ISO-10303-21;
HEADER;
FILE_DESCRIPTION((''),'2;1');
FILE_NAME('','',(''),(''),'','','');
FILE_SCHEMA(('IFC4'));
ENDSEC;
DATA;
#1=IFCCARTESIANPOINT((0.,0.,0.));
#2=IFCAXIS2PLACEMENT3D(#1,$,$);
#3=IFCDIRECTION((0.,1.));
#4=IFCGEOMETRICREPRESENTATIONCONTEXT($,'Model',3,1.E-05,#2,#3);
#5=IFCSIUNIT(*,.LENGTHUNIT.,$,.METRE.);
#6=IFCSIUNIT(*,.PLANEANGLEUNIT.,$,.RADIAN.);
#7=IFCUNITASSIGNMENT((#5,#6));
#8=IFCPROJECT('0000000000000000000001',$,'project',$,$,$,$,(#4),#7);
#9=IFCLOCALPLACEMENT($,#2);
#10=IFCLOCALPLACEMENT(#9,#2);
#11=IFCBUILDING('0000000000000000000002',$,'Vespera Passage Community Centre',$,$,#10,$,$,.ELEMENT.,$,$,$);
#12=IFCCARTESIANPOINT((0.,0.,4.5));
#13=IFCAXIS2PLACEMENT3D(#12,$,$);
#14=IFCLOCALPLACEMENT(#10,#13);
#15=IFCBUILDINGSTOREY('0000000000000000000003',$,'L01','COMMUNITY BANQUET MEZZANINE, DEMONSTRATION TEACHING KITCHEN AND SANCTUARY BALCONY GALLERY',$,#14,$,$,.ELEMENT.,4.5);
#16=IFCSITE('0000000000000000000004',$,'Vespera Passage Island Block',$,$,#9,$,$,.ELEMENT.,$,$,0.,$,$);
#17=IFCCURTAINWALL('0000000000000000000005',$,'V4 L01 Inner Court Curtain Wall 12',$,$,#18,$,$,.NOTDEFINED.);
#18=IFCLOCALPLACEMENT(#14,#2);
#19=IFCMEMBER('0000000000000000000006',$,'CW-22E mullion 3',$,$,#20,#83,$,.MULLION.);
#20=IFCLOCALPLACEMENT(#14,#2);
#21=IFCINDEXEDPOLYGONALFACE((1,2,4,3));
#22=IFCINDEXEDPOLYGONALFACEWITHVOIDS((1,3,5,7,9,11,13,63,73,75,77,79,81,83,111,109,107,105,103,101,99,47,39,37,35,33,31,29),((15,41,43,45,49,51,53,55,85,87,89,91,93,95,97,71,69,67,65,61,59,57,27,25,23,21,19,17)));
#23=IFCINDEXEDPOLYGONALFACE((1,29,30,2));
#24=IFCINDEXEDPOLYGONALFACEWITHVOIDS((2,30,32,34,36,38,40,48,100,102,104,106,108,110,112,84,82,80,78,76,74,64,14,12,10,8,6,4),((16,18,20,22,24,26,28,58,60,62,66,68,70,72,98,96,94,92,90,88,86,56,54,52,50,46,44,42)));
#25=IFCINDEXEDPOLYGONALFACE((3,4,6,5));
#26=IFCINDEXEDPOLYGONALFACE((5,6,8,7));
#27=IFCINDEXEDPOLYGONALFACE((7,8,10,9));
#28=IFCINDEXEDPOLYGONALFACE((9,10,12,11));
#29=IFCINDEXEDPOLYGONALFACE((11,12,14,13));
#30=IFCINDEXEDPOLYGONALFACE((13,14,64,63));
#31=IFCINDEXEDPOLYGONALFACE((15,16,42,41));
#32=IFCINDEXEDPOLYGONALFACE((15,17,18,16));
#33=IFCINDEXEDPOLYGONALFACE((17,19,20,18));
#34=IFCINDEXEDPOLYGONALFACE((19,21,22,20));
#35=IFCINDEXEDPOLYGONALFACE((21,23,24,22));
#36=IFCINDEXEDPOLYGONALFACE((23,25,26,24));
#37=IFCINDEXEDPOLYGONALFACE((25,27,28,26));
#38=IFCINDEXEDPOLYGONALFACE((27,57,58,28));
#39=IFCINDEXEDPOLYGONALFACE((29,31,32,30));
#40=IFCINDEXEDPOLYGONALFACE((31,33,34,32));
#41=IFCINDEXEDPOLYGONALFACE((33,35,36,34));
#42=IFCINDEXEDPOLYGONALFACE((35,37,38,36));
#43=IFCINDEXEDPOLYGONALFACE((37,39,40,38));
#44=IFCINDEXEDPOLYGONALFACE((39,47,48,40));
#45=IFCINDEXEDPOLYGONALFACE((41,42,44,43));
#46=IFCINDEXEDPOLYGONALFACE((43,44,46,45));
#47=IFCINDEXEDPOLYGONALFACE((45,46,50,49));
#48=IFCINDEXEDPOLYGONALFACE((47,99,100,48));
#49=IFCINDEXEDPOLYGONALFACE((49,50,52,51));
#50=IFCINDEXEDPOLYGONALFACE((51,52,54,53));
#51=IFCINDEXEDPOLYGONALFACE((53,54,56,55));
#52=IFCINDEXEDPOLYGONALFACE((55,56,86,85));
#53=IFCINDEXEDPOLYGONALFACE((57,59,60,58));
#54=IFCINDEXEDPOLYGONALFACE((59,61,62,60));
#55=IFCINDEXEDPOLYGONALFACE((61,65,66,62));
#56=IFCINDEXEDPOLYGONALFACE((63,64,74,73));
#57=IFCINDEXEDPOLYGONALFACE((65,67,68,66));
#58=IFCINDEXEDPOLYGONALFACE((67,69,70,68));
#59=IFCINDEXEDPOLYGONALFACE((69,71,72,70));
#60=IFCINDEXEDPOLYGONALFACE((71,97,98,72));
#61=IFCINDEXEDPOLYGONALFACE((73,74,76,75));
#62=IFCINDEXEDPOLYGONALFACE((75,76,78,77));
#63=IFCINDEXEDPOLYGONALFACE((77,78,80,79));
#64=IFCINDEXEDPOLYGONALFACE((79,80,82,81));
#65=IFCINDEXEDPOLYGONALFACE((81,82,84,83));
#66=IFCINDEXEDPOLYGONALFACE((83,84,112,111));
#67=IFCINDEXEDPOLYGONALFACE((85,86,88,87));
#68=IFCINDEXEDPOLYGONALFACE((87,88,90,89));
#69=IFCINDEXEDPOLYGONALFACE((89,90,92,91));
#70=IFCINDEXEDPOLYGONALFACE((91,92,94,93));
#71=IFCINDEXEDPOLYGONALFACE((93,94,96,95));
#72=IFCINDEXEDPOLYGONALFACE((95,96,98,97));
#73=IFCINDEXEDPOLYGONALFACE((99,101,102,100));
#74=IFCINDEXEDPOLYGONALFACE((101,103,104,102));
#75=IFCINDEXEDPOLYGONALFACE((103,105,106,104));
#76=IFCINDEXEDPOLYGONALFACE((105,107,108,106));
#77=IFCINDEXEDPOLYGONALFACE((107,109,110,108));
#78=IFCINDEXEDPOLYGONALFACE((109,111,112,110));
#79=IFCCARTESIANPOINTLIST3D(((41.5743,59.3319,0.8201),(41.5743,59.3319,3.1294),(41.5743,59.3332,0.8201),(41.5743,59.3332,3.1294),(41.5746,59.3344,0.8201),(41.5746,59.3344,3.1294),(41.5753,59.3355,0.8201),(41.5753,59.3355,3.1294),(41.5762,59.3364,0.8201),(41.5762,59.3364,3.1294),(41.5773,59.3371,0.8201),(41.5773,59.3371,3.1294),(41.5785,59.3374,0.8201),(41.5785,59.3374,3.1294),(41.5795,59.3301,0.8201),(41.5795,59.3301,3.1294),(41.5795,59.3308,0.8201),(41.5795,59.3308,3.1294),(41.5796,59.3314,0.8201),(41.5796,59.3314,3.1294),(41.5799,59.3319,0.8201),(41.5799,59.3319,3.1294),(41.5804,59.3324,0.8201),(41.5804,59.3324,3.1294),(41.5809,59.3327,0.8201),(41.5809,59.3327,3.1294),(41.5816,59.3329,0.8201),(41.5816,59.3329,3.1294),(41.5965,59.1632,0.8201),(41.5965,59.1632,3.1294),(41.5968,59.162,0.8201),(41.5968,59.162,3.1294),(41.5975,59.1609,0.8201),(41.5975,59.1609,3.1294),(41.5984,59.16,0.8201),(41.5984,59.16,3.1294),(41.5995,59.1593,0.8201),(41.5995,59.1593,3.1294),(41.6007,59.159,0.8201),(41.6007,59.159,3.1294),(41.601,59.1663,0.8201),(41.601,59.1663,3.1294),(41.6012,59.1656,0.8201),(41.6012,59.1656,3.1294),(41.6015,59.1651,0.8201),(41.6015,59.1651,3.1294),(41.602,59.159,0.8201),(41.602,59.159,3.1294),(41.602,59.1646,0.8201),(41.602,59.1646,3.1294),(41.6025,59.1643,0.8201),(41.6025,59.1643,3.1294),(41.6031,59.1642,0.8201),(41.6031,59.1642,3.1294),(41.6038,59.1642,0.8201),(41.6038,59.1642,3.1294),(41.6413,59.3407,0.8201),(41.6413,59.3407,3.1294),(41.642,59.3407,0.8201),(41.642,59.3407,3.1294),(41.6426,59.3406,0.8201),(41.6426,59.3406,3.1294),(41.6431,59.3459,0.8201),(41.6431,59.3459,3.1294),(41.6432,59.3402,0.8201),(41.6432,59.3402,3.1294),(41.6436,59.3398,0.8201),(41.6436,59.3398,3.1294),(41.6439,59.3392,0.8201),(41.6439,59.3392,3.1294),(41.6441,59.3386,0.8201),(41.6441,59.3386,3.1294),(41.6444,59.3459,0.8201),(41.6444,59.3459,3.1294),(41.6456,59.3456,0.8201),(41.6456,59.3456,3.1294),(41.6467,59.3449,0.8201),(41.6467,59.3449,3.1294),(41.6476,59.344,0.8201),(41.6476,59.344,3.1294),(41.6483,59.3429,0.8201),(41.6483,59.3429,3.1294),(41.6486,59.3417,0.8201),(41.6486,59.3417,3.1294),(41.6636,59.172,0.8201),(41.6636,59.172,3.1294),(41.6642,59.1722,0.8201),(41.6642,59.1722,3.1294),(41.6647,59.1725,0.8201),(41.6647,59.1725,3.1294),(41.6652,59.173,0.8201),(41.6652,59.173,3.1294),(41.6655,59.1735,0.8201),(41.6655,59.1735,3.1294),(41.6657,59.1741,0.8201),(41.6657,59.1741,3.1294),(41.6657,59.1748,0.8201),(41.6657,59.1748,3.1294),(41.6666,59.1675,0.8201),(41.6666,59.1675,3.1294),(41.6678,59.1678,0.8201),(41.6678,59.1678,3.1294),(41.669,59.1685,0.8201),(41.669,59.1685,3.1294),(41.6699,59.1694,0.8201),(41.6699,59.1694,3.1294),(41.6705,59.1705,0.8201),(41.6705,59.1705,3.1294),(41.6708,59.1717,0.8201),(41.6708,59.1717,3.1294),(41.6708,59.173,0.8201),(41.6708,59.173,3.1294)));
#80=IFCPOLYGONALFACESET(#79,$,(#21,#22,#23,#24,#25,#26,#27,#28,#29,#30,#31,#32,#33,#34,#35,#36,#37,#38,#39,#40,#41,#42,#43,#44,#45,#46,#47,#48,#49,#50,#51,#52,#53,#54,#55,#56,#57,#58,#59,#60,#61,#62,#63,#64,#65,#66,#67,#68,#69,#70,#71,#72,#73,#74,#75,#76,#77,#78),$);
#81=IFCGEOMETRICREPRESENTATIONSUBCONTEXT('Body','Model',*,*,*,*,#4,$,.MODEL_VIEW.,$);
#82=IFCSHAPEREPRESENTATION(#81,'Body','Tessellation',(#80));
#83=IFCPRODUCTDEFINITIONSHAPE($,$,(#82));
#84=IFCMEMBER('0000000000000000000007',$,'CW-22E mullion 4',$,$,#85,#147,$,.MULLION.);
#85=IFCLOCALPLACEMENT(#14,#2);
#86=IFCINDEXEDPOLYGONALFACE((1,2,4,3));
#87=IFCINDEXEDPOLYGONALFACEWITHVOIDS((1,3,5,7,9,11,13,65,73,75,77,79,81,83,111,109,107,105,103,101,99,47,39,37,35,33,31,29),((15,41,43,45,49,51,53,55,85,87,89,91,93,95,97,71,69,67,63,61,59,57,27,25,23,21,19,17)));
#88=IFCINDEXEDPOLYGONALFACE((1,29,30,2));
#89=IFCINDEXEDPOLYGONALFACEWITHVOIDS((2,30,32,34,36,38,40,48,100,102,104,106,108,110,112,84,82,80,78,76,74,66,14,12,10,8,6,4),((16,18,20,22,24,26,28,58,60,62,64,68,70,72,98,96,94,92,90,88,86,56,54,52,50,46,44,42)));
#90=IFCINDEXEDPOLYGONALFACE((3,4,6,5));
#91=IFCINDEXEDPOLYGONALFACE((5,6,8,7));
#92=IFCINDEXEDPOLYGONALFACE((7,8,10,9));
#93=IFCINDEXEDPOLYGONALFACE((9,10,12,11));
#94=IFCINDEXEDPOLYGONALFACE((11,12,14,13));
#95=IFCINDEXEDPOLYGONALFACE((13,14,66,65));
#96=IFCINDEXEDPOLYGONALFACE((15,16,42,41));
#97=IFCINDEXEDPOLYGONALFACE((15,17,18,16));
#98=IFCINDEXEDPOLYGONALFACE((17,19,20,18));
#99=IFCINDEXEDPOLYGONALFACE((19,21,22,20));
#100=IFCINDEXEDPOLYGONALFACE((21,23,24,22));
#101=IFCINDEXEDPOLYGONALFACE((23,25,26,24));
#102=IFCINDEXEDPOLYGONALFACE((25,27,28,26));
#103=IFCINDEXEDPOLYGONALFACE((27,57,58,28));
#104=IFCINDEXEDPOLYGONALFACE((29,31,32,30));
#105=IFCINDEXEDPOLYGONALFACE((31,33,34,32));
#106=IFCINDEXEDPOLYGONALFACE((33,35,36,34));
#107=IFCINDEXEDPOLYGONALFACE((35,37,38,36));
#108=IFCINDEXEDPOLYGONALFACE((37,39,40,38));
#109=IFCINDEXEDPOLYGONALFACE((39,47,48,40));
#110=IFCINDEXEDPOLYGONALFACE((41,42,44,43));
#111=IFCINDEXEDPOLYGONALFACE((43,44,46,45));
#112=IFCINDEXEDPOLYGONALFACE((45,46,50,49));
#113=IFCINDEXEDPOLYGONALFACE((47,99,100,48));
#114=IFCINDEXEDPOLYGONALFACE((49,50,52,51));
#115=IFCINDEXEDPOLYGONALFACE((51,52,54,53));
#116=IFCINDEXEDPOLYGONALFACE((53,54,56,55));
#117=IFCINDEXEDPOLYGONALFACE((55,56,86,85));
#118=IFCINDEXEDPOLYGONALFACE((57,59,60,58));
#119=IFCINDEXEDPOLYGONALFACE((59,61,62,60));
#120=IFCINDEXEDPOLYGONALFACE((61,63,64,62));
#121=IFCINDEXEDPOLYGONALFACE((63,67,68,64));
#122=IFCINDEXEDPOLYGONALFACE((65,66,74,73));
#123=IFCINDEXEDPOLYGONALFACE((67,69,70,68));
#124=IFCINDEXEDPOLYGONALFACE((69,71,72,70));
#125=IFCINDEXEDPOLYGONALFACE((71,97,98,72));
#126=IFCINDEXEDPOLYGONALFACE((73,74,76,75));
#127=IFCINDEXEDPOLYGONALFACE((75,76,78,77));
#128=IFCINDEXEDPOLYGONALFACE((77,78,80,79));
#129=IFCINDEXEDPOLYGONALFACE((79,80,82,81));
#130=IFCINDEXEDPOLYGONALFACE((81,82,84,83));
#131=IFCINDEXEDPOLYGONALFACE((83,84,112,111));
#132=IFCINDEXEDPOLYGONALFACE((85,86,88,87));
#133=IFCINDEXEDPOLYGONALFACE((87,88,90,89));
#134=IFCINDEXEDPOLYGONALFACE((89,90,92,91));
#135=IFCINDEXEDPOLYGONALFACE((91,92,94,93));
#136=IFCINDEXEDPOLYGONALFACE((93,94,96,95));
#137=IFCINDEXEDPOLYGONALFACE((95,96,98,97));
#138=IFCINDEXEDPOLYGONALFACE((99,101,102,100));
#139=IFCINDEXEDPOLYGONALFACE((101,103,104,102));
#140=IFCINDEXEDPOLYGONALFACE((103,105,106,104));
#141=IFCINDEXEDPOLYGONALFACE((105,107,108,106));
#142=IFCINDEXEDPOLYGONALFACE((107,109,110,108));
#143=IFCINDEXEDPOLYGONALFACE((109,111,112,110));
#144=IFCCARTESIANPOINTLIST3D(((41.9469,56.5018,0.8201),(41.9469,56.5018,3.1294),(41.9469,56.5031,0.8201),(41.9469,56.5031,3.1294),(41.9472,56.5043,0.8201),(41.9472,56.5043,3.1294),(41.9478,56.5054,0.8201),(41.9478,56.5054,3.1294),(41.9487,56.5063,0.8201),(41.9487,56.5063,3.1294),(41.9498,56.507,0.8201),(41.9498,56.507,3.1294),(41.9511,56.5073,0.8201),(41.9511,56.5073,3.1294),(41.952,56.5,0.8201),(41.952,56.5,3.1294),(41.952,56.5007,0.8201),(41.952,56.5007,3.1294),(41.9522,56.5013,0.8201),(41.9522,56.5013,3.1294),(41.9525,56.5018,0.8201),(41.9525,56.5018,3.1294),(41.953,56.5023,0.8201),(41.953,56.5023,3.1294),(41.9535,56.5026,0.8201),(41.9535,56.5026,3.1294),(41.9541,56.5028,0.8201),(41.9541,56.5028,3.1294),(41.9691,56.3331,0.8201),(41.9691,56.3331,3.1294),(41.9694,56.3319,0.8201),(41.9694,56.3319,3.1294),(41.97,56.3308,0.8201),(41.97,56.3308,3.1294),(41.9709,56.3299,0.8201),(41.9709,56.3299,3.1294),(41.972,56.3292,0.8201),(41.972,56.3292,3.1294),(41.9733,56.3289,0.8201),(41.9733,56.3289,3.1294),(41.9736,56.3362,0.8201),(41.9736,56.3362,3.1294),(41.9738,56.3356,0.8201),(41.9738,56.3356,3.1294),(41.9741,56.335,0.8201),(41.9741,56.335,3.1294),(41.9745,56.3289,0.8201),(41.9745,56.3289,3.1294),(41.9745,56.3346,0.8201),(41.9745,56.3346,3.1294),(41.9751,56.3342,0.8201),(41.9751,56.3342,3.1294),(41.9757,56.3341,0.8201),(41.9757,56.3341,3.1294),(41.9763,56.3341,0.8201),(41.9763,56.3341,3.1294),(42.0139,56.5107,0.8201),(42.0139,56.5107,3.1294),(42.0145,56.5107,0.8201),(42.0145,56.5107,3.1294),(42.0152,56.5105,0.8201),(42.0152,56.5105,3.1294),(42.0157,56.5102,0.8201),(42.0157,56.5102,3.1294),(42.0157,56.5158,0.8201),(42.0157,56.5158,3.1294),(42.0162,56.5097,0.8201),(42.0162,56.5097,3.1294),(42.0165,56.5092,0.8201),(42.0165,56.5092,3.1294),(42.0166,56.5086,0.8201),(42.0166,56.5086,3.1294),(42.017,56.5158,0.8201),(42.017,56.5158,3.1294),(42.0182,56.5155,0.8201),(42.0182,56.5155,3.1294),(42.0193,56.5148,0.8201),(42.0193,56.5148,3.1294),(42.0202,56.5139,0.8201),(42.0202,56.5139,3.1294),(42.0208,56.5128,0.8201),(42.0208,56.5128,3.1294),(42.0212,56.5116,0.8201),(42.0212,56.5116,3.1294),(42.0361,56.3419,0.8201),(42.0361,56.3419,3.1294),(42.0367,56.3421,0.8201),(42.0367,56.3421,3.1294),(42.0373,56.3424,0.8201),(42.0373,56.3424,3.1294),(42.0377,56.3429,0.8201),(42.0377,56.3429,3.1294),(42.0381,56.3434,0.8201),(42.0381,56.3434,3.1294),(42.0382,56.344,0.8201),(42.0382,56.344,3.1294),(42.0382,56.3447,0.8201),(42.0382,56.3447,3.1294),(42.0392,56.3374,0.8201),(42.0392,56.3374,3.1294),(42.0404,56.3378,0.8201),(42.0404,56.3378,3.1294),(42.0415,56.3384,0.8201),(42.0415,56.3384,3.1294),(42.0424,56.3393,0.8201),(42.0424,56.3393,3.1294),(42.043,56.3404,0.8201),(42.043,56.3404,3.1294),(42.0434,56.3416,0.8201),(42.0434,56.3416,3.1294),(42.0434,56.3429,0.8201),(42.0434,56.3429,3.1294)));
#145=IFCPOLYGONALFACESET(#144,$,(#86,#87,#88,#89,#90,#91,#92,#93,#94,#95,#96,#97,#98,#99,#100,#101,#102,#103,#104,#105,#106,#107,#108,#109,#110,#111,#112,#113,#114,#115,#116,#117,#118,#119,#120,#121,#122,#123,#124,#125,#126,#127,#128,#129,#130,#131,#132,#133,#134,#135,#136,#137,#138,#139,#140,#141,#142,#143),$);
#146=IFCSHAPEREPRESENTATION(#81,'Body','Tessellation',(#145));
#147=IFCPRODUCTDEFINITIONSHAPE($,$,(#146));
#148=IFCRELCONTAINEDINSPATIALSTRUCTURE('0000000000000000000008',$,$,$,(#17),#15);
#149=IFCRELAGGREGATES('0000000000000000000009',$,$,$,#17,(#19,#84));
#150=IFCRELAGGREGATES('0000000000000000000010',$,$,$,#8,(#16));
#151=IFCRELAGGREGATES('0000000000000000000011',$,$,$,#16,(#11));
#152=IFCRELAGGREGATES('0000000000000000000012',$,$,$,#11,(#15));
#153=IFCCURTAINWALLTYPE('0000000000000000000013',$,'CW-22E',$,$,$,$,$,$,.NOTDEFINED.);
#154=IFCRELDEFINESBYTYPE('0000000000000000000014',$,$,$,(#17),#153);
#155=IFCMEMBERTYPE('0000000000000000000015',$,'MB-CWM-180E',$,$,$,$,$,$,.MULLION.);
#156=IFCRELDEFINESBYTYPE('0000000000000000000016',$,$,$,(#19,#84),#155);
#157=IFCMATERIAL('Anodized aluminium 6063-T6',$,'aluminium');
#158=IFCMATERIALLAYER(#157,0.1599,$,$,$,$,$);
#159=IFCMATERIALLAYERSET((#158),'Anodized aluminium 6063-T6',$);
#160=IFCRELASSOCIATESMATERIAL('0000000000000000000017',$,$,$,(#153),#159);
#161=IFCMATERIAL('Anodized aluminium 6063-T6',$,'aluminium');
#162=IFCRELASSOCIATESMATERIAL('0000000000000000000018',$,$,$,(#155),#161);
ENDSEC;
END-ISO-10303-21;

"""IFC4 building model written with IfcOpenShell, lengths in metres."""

from ifc_helpers import new_model, si_unit, direction, frame, origin, origin_2d, place, context, subcontext, project, spatial, hollow_rectangle, extrude, material, layer, layer_set, material_profile, profile_set, type_object, element, aggregate, save


model = new_model("IFC4")

# Units and contexts
model_context = context("Model", 3, precision=1e-05, world=origin(), true_north=direction((0.0, 1.0)))
body_context = subcontext(model_context, "Body", "Model", "MODEL_VIEW")
ifc_project = project(units=[si_unit("LENGTHUNIT", "METRE"), si_unit("PLANEANGLEUNIT", "RADIAN")], contexts=[model_context])

# Site, building, storey
site_placement = place(None, origin())
site = spatial("IfcSite", under=ifc_project, at=site_placement, Name="Vespera Passage Island Block", CompositionType="ELEMENT", RefElevation=0.0)
building_placement = place(site_placement, origin())
building = spatial("IfcBuilding", under=site, at=building_placement, Name="Vespera Passage Community Centre", CompositionType="ELEMENT")
storey_placement = place(building_placement, frame((0.0, 0.0, 4.5)))
storey = spatial("IfcBuildingStorey", under=building, at=storey_placement, Name="L01", Description="COMMUNITY BANQUET MEZZANINE, DEMONSTRATION TEACHING KITCHEN AND SANCTUARY BALCONY GALLERY", CompositionType="ELEMENT", Elevation=4.5)

# Curtain wall, members
ifc_material_1 = material(Name="Anodized aluminium 6063-T6", Category="aluminium")
ifc_layer_1 = layer(ifc_material_1, 0.1599)
ifc_layer_set_1 = layer_set([ifc_layer_1], Name="Anodized aluminium 6063-T6")
curtain_wall_type_1 = type_object("IfcCurtainWallType", Name="CW-22E", PredefinedType="NOTDEFINED", material=ifc_layer_set_1)
curtain_wall_1_placement = place(storey_placement, origin())
curtain_wall_1 = element("IfcCurtainWall", 1, at=curtain_wall_1_placement, inside=storey, type_object=curtain_wall_type_1, Name="V4 L01 Inner Court Curtain Wall 12", PredefinedType="NOTDEFINED")
ifc_material_2 = material(Name="Anodized aluminium 6063-T6", Category="aluminium")
ifc_material_profile_1 = material_profile(ifc_material_2, hollow_rectangle(XDim=0.075, YDim=0.1799, WallThickness=0.0049, InnerFilletRadius=0.0024, OuterFilletRadius=0.0049, at=origin_2d()), Name="ALU180X75X5")
ifc_profile_set_1 = profile_set([ifc_material_profile_1], Name="Anodized aluminium 6063-T6")
member_type_1 = type_object("IfcMemberType", Name="MB-CWM-180E", PredefinedType="MULLION", material=ifc_profile_set_1)
member_1_placement = place(storey_placement, frame((41.6226, 59.2524, 0.8201), z_axis=(0.0, 0.0, 1.0), x_axis=(0.991445, 0.130522, 0.0)))
member_1 = element("IfcMember", 2, at=member_1_placement, type_object=member_type_1, Name="CW-22E mullion 3", PredefinedType="MULLION", context=body_context, shape_type="SweptSolid", body=[
    extrude(hollow_rectangle(XDim=0.075, YDim=0.1799, WallThickness=0.0049, InnerFilletRadius=0.0024, OuterFilletRadius=0.0049, at=origin_2d()), origin(), (0.0, 0.0, 1.0), 2.3093),
])
member_2_placement = place(storey_placement, frame((41.9951, 56.4224, 0.8201), z_axis=(0.0, 0.0, 1.0), x_axis=(0.991445, 0.130522, 0.0)))
member_2 = element("IfcMember", 3, at=member_2_placement, type_object=member_type_1, Name="CW-22E mullion 4", PredefinedType="MULLION", context=body_context, shape_type="SweptSolid", body=[
    extrude(hollow_rectangle(XDim=0.075, YDim=0.1799, WallThickness=0.0049, InnerFilletRadius=0.0024, OuterFilletRadius=0.0049, at=origin_2d()), origin(), (0.0, 0.0, 1.0), 2.3093),
])

aggregate(curtain_wall_1, [member_1, member_2])

save(model, "model.ifc")
